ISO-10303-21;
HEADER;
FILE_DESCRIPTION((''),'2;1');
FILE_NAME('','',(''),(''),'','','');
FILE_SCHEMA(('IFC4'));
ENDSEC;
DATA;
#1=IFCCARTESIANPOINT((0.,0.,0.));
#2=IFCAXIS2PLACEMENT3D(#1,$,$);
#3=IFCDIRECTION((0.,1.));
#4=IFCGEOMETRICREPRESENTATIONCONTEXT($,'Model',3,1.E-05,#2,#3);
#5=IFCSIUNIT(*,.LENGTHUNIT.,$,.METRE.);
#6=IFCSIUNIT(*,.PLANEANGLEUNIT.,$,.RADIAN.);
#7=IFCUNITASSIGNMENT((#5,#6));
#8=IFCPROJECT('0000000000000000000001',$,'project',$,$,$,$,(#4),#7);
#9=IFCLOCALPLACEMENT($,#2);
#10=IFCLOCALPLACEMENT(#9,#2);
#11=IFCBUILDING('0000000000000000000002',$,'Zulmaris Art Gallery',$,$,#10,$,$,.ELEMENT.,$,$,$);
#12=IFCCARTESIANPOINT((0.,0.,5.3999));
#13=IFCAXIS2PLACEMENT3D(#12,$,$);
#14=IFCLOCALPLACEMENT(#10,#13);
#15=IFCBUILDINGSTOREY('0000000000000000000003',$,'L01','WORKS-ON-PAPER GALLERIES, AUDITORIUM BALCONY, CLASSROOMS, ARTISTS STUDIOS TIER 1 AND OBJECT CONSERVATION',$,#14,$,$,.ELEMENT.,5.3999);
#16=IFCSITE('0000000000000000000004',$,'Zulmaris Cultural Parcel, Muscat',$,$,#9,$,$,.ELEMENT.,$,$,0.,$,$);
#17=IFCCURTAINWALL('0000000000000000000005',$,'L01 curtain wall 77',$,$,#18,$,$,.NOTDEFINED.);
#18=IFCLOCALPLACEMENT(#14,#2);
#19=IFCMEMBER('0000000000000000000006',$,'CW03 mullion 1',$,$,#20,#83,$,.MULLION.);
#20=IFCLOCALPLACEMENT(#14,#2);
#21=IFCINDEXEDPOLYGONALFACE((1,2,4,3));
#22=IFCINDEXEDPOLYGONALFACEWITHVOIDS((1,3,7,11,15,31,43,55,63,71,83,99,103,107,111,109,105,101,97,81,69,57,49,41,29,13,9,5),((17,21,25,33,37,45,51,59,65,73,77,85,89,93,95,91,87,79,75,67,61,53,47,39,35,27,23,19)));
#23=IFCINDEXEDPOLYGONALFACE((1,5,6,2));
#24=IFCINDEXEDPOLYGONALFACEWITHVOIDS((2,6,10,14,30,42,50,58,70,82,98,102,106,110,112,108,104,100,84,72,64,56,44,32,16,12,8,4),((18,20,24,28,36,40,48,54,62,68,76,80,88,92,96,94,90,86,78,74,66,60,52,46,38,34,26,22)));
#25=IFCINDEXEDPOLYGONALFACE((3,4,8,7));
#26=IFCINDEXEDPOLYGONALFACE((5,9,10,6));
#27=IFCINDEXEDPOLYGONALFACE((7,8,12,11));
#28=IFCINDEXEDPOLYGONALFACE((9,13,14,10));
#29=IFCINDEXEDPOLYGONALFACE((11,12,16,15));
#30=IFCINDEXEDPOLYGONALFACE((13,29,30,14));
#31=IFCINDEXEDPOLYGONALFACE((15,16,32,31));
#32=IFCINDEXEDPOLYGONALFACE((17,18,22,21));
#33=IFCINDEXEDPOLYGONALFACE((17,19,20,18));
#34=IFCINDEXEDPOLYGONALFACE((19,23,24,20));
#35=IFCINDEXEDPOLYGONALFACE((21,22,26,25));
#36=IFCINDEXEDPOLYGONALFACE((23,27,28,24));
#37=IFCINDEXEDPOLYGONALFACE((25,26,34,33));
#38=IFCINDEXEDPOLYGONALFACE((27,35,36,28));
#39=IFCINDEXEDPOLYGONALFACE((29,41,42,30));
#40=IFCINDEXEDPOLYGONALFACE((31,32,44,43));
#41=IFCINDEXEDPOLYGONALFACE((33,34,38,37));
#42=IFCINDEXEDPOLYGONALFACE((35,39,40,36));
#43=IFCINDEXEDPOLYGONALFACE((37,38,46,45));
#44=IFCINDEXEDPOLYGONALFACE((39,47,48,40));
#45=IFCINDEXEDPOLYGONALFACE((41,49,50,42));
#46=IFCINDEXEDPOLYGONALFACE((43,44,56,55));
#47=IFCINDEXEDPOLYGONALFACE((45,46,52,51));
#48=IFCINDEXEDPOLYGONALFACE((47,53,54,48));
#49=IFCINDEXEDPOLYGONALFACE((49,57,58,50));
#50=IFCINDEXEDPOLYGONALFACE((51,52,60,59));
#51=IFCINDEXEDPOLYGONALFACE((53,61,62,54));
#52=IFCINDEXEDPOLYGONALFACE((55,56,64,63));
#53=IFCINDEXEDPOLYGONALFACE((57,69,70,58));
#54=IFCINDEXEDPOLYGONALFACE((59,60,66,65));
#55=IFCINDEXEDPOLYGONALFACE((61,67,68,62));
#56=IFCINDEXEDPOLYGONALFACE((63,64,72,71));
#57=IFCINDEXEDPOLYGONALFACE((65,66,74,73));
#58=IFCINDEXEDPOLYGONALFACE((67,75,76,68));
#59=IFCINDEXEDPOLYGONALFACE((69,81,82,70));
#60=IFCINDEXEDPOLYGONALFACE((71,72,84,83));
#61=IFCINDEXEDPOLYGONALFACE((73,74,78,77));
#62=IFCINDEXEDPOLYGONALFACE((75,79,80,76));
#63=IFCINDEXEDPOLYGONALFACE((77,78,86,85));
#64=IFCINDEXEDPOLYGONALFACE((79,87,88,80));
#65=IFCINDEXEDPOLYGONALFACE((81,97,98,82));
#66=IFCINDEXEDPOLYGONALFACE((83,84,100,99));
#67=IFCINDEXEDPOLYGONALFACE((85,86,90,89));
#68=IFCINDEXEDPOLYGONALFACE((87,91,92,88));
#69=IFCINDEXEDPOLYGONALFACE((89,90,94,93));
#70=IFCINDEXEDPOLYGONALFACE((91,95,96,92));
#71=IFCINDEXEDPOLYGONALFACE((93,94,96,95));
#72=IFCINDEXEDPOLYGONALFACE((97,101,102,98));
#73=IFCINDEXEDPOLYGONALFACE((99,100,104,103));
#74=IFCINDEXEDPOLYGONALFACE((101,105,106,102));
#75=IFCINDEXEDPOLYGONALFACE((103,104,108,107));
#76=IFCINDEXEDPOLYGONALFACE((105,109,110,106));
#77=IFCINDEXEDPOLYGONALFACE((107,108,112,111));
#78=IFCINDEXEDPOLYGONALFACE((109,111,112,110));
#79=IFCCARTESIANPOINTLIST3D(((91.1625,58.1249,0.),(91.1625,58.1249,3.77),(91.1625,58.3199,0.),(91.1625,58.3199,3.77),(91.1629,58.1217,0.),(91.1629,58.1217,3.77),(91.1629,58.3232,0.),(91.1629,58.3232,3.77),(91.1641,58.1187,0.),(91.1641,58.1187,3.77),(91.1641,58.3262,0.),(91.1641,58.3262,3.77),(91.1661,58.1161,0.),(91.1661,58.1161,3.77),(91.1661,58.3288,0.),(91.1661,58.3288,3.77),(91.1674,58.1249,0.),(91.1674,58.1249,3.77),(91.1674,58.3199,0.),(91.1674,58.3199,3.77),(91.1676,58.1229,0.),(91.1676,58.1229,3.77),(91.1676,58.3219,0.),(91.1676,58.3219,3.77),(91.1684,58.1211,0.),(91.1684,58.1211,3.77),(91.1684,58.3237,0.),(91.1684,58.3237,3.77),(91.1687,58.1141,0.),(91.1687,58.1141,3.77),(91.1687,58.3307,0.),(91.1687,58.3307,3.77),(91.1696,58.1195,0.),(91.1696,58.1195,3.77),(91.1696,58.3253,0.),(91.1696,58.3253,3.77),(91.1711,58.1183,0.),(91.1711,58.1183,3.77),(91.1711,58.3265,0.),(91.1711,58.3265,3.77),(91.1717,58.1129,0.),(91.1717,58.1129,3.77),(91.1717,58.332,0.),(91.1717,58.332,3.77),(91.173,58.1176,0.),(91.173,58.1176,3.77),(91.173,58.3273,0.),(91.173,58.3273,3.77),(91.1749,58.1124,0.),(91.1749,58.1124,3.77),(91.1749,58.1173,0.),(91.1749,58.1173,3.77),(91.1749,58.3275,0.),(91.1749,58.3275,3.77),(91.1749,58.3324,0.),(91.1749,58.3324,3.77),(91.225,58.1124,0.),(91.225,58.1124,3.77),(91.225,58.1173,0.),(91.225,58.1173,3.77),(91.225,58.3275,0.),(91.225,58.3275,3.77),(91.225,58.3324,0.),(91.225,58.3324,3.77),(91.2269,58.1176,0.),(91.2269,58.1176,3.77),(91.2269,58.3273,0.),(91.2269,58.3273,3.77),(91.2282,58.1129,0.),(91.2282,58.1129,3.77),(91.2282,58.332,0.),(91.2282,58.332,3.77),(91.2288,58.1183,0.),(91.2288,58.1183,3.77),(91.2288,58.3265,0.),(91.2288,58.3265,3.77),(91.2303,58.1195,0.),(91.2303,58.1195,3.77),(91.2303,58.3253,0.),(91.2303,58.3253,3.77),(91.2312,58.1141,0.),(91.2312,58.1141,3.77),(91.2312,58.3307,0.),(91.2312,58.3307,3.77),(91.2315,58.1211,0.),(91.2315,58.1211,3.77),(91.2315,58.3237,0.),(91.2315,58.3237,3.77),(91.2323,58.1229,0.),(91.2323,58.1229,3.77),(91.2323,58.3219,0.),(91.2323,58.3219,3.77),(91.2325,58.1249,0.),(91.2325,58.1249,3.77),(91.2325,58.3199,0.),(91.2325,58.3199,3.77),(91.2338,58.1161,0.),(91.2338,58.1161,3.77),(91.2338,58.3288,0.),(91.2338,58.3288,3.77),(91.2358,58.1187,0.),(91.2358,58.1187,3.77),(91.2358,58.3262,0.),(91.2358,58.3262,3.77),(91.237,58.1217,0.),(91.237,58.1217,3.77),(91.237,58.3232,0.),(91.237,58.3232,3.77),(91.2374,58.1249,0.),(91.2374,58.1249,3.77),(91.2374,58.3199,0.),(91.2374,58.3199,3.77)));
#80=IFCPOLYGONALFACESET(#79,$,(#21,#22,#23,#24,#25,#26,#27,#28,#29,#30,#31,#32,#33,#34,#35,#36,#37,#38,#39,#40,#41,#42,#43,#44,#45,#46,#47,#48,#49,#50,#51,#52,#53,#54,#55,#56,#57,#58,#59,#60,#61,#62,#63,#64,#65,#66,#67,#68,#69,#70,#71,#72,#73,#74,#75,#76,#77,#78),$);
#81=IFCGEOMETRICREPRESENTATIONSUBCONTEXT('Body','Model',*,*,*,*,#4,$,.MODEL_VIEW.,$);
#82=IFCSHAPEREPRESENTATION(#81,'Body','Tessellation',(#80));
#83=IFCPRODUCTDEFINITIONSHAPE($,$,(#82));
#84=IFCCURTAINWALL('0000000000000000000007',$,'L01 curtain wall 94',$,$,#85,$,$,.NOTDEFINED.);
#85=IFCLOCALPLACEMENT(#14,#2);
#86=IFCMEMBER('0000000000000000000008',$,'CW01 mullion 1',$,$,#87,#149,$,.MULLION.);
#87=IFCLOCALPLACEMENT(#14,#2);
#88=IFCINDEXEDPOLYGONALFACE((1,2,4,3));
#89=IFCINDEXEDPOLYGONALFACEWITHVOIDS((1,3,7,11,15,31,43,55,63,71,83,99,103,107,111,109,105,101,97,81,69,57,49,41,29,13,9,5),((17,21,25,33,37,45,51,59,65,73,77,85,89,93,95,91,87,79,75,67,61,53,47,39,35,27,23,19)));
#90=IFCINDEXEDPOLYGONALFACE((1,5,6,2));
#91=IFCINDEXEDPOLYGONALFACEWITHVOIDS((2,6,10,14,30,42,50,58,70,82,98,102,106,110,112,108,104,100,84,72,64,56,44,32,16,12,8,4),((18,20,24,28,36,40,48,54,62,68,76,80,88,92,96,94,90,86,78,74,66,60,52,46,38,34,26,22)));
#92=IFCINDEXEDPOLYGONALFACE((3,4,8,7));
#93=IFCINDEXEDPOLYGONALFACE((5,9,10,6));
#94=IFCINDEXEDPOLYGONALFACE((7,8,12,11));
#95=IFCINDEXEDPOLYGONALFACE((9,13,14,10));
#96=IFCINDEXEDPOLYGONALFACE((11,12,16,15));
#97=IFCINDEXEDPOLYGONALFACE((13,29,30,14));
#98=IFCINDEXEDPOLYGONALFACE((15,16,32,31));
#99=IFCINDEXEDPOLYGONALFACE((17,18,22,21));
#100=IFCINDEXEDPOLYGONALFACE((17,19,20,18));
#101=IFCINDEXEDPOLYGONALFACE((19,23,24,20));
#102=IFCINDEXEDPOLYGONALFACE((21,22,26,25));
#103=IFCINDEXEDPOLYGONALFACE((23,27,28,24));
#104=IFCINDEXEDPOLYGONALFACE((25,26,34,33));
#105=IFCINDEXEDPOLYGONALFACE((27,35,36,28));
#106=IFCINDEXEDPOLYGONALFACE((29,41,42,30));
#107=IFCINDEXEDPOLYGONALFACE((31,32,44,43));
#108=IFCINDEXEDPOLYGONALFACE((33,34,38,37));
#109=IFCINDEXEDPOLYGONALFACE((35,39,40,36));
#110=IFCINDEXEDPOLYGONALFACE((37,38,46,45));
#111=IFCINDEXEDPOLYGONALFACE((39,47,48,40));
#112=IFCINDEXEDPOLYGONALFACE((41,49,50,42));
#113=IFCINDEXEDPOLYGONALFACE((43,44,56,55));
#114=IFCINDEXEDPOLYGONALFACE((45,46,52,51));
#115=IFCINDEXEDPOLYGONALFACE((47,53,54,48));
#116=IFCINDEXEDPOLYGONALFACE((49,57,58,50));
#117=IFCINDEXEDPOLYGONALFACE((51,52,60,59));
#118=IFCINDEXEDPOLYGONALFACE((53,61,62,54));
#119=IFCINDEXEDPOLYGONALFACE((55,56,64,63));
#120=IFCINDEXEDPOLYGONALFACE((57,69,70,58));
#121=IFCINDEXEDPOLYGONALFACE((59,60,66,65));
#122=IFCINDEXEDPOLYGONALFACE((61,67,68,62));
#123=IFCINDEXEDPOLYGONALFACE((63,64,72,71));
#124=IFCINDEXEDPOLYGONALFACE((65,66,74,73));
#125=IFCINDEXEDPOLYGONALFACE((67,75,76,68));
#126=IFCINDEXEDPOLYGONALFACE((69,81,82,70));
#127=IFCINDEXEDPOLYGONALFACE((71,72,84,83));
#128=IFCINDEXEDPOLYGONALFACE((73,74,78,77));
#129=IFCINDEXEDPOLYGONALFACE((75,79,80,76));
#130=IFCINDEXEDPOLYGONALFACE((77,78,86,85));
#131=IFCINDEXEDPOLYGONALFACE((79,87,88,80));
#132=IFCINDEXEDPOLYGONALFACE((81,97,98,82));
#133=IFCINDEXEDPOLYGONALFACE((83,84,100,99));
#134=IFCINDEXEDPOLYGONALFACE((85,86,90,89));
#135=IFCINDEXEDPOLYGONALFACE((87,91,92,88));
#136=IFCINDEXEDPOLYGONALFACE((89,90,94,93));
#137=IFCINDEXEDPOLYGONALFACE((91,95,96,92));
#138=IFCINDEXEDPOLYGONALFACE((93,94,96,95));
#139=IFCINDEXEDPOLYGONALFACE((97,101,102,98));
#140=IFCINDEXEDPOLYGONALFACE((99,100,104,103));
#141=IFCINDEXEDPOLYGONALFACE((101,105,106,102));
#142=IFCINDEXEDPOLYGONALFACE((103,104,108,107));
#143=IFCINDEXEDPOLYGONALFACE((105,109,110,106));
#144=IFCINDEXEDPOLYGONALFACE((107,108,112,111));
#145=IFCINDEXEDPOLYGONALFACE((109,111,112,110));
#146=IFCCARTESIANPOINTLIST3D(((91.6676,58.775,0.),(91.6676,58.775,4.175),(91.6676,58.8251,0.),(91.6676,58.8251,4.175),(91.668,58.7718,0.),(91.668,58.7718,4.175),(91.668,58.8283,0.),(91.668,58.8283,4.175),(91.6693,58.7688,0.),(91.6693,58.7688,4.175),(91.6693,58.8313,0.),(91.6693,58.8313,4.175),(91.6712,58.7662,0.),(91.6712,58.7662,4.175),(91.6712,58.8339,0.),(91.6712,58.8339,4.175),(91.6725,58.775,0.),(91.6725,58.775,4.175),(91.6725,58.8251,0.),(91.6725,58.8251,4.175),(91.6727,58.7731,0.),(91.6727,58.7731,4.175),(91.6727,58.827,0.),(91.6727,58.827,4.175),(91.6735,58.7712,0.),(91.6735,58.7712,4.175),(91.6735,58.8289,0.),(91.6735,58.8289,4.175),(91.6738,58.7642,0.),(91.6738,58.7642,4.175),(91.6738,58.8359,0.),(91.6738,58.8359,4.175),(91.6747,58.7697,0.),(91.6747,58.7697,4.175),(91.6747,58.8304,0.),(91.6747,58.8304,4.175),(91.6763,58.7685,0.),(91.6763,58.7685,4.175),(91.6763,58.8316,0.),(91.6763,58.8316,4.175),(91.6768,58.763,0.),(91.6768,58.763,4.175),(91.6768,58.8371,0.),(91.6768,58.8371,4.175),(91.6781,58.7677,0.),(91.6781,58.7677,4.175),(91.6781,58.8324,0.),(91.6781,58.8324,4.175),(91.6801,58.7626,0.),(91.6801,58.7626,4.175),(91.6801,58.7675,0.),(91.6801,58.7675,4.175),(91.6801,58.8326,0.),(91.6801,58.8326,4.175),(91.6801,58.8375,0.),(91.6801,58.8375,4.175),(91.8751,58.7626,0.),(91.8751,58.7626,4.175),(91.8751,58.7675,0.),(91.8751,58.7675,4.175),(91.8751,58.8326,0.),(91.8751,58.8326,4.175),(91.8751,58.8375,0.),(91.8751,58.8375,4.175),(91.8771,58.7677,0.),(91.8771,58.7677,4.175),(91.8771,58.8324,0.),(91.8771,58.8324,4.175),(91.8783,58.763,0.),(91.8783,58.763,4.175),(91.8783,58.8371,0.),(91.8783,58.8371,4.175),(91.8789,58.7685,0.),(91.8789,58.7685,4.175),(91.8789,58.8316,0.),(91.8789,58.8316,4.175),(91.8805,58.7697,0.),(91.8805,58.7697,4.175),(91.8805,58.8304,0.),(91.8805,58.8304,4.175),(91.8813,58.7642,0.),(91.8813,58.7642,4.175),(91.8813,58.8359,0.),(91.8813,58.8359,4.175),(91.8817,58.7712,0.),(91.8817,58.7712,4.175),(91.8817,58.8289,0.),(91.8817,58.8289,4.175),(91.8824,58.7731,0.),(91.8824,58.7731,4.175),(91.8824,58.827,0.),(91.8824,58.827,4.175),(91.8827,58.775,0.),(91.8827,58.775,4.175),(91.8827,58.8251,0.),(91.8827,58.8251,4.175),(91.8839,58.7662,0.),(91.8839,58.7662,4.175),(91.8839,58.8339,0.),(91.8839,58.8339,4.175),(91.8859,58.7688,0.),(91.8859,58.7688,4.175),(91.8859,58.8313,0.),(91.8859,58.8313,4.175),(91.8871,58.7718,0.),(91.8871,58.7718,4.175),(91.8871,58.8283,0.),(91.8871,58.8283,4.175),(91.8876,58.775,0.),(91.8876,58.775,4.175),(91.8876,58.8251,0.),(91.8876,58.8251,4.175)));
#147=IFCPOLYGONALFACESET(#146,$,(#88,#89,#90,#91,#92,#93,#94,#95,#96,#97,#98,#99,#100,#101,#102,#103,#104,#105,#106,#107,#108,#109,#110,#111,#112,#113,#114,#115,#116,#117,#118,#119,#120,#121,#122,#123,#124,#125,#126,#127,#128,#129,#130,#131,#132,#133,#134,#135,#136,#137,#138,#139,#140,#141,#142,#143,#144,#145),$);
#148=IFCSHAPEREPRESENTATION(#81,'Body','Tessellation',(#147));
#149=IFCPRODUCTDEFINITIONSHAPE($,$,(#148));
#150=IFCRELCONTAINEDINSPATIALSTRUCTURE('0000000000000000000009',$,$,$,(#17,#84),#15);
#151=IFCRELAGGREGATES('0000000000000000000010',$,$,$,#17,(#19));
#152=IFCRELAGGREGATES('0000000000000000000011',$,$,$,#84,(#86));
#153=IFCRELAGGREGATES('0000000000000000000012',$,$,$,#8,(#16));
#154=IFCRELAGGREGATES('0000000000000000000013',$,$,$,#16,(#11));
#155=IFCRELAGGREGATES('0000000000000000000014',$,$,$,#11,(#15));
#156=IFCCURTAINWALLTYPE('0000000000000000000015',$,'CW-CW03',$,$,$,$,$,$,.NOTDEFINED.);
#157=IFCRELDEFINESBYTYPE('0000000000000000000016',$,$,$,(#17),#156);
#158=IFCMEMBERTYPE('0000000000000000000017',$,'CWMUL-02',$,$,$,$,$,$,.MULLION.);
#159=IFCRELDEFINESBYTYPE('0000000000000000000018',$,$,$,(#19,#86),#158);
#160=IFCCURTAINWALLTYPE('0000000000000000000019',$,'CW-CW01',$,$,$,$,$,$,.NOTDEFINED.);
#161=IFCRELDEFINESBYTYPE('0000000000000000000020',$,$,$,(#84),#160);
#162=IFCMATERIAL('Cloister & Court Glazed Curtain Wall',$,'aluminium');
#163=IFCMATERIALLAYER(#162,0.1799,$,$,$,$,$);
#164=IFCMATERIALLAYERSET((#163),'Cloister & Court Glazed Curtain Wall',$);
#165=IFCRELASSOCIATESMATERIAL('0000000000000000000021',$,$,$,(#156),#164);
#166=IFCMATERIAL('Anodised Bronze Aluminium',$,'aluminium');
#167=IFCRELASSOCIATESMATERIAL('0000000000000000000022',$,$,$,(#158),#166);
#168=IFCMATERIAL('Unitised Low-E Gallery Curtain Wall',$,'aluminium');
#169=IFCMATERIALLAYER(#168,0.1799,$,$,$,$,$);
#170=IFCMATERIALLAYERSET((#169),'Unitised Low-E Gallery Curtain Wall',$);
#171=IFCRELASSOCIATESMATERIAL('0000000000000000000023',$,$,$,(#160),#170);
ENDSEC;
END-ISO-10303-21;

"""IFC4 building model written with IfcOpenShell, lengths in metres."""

from ifc_helpers import new_model, si_unit, direction, frame, origin, origin_2d, place, context, subcontext, project, spatial, hollow_rectangle, extrude, material, layer, layer_set, material_profile, profile_set, type_object, element, aggregate, save


model = new_model("IFC4")

# Units and contexts
model_context = context("Model", 3, precision=1e-05, world=origin(), true_north=direction((0.0, 1.0)))
body_context = subcontext(model_context, "Body", "Model", "MODEL_VIEW")
ifc_project = project(units=[si_unit("LENGTHUNIT", "METRE"), si_unit("PLANEANGLEUNIT", "RADIAN")], contexts=[model_context])

# Site, building, storey
site_placement = place(None, origin())
site = spatial("IfcSite", under=ifc_project, at=site_placement, Name="Zulmaris Cultural Parcel, Muscat", CompositionType="ELEMENT", RefElevation=0.0)
building_placement = place(site_placement, origin())
building = spatial("IfcBuilding", under=site, at=building_placement, Name="Zulmaris Art Gallery", CompositionType="ELEMENT")
storey_placement = place(building_placement, frame((0.0, 0.0, 5.3999)))
storey = spatial("IfcBuildingStorey", under=building, at=storey_placement, Name="L01", Description="WORKS-ON-PAPER GALLERIES, AUDITORIUM BALCONY, CLASSROOMS, ARTISTS STUDIOS TIER 1 AND OBJECT CONSERVATION", CompositionType="ELEMENT", Elevation=5.3999)

# Curtain wall, member
ifc_material_1 = material(Name="Cloister & Court Glazed Curtain Wall", Category="aluminium")
ifc_layer_1 = layer(ifc_material_1, 0.1799)
ifc_layer_set_1 = layer_set([ifc_layer_1], Name="Cloister & Court Glazed Curtain Wall")
curtain_wall_type_1 = type_object("IfcCurtainWallType", Name="CW-CW03", PredefinedType="NOTDEFINED", material=ifc_layer_set_1)
ifc_material_2 = material(Name="Anodised Bronze Aluminium", Category="aluminium")
ifc_material_profile_1 = material_profile(ifc_material_2, hollow_rectangle(XDim=0.075, YDim=0.22, WallThickness=0.0049, InnerFilletRadius=0.0076, OuterFilletRadius=0.0125, at=origin_2d()), Name="ALU 75x220x5")
ifc_profile_set_1 = profile_set([ifc_material_profile_1], Name="Anodised Bronze Aluminium")
member_type_1 = type_object("IfcMemberType", Name="CWMUL-02", PredefinedType="MULLION", material=ifc_profile_set_1)
curtain_wall_1_placement = place(storey_placement, origin())
curtain_wall_1 = element("IfcCurtainWall", 1, at=curtain_wall_1_placement, inside=storey, type_object=curtain_wall_type_1, Name="L01 curtain wall 77", PredefinedType="NOTDEFINED")
member_1_placement = place(storey_placement, frame((91.2, 58.2224, 0.0), z_axis=(0.0, 0.0, 1.0), x_axis=(1.0, 0.0, 0.0)))
member_1 = element("IfcMember", 2, at=member_1_placement, type_object=member_type_1, Name="CW03 mullion 1", PredefinedType="MULLION", context=body_context, shape_type="SweptSolid", body=[
    extrude(hollow_rectangle(XDim=0.075, YDim=0.22, WallThickness=0.0049, InnerFilletRadius=0.0076, OuterFilletRadius=0.0125, at=origin_2d()), origin(), (0.0, 0.0, 1.0), 3.77),
])

# Curtain wall, member
ifc_material_3 = material(Name="Unitised Low-E Gallery Curtain Wall", Category="aluminium")
ifc_layer_2 = layer(ifc_material_3, 0.1799)
ifc_layer_set_2 = layer_set([ifc_layer_2], Name="Unitised Low-E Gallery Curtain Wall")
curtain_wall_type_2 = type_object("IfcCurtainWallType", Name="CW-CW01", PredefinedType="NOTDEFINED", material=ifc_layer_set_2)
curtain_wall_2_placement = place(storey_placement, origin())
curtain_wall_2 = element("IfcCurtainWall", 3, at=curtain_wall_2_placement, inside=storey, type_object=curtain_wall_type_2, Name="L01 curtain wall 94", PredefinedType="NOTDEFINED")
member_2_placement = place(storey_placement, frame((91.7776, 58.8, 0.0), z_axis=(0.0, 0.0, 1.0), x_axis=(0.0, 1.0, 0.0)))
member_2 = element("IfcMember", 4, at=member_2_placement, type_object=member_type_1, Name="CW01 mullion 1", PredefinedType="MULLION", context=body_context, shape_type="SweptSolid", body=[
    extrude(hollow_rectangle(XDim=0.075, YDim=0.22, WallThickness=0.0049, InnerFilletRadius=0.0076, OuterFilletRadius=0.0125, at=origin_2d()), origin(), (0.0, 0.0, 1.0), 4.175),
])

aggregate(curtain_wall_1, [member_1])

aggregate(curtain_wall_2, [member_2])

save(model, "model.ifc")
